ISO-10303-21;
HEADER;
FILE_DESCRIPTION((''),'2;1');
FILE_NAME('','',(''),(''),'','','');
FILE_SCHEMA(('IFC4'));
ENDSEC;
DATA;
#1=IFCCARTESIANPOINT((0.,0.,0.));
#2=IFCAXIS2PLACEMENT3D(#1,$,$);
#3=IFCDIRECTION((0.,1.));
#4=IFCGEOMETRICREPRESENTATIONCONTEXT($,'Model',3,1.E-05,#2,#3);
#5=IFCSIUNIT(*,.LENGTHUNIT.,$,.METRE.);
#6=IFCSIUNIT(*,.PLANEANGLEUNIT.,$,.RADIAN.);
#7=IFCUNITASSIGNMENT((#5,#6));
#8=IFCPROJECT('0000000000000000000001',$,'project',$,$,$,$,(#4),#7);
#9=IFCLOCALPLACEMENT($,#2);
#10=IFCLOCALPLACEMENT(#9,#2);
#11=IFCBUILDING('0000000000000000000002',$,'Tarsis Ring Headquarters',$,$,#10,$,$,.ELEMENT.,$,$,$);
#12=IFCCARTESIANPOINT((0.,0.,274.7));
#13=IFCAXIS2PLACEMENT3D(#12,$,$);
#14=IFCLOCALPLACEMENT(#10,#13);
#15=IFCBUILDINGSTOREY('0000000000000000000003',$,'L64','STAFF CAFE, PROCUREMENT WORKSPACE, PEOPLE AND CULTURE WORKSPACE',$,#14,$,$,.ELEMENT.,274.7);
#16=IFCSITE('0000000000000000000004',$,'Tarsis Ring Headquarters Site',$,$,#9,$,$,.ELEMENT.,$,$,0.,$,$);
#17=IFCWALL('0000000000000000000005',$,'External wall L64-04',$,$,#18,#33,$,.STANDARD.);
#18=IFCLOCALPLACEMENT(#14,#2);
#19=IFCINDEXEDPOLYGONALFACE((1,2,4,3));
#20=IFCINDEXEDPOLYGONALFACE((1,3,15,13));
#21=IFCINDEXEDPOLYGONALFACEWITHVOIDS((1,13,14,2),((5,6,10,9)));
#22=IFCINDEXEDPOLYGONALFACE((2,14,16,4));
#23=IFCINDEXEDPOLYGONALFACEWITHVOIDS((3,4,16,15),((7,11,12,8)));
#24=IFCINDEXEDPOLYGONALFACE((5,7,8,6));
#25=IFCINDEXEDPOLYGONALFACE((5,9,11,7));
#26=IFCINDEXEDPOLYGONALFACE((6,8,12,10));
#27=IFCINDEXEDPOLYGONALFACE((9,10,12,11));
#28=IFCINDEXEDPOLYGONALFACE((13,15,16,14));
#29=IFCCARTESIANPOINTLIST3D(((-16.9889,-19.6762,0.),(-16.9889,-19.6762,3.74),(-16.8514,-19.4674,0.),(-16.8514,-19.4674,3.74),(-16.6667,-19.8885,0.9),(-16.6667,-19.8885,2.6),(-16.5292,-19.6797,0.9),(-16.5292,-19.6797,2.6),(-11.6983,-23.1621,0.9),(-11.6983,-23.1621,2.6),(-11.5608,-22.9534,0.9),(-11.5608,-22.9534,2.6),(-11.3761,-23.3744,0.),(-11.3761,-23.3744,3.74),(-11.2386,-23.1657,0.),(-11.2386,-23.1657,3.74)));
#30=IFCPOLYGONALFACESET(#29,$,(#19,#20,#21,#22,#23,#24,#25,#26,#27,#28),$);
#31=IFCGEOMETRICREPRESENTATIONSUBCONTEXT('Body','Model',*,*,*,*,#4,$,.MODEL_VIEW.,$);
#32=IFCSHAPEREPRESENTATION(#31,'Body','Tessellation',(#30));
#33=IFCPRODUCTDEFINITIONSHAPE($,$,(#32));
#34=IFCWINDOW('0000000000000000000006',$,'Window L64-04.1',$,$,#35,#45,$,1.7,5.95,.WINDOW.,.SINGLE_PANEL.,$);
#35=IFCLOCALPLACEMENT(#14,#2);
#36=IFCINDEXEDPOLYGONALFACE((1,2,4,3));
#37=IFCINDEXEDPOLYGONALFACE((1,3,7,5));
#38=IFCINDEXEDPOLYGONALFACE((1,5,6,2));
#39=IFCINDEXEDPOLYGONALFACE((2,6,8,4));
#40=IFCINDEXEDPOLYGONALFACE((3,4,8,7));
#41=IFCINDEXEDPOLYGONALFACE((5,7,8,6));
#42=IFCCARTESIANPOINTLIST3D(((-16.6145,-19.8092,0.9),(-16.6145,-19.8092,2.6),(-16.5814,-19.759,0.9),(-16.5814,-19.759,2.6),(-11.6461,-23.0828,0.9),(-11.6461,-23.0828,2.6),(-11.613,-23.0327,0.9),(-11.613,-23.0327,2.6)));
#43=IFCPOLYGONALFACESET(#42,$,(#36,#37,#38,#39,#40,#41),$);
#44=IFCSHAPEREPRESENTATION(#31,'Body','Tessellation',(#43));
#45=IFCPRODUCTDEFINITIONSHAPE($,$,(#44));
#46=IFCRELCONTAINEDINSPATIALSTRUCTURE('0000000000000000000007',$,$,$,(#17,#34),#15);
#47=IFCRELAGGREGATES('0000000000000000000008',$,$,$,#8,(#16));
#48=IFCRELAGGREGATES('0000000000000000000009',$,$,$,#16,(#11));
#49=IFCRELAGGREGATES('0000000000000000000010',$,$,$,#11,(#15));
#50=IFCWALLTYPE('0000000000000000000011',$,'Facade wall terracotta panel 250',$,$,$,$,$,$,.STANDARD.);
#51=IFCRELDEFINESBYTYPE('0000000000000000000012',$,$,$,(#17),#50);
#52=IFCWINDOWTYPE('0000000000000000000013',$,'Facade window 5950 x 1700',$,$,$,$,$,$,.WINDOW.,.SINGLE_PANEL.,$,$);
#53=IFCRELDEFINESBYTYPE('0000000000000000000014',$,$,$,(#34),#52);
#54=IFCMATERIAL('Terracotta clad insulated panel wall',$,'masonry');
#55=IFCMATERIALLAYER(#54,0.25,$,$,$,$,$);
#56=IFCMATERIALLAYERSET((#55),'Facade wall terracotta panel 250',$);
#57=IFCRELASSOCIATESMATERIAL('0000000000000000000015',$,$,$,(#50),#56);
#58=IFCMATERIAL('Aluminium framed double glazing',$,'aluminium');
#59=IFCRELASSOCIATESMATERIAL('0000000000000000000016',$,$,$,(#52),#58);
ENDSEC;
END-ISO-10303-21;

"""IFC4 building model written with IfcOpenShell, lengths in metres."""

from ifc_helpers import new_model, si_unit, direction, frame, frame_2d, origin, place, context, subcontext, project, spatial, rectangle, extrude, material, layer, layer_set, type_object, element, fill, save


model = new_model("IFC4")

# Units and contexts
model_context = context("Model", 3, precision=1e-05, world=origin(), true_north=direction((0.0, 1.0)))
body_context = subcontext(model_context, "Body", "Model", "MODEL_VIEW")
ifc_project = project(units=[si_unit("LENGTHUNIT", "METRE"), si_unit("PLANEANGLEUNIT", "RADIAN")], contexts=[model_context])

# Site, building, storey
site_placement = place(None, origin())
site = spatial("IfcSite", under=ifc_project, at=site_placement, Name="Tarsis Ring Headquarters Site", CompositionType="ELEMENT", RefElevation=0.0)
building_placement = place(site_placement, origin())
building = spatial("IfcBuilding", under=site, at=building_placement, Name="Tarsis Ring Headquarters", CompositionType="ELEMENT")
storey_placement = place(building_placement, frame((0.0, 0.0, 274.7)))
storey = spatial("IfcBuildingStorey", under=building, at=storey_placement, Name="L64", Description="STAFF CAFE, PROCUREMENT WORKSPACE, PEOPLE AND CULTURE WORKSPACE", CompositionType="ELEMENT", Elevation=274.7)

# Wall, opening, window
ifc_material_1 = material(Name="Terracotta clad insulated panel wall", Category="masonry")
ifc_layer_1 = layer(ifc_material_1, 0.25)
ifc_layer_set_1 = layer_set([ifc_layer_1], Name="Facade wall terracotta panel 250")
wall_type_1 = type_object("IfcWallType", Name="Facade wall terracotta panel 250", PredefinedType="STANDARD", material=ifc_layer_set_1)
ifc_material_2 = material(Name="Aluminium framed double glazing", Category="aluminium")
window_type = type_object("IfcWindowType", Name="Facade window 5950 x 1700", PartitioningType="SINGLE_PANEL", PredefinedType="WINDOW", material=ifc_material_2)
wall_1_placement = place(storey_placement, frame((-16.9202, -19.5718, 0.0), z_axis=(0.0, 0.0, 1.0), x_axis=(0.835033, -0.550199, 0.0)))
wall_1 = element("IfcWall", 1, at=wall_1_placement, inside=storey, type_object=wall_type_1, Name="External wall L64-04", PredefinedType="STANDARD", context=body_context, shape_type="SweptSolid", body=[
    extrude(rectangle(XDim=6.7217, YDim=0.25, at=frame_2d((3.3608, 0.0))), origin(), (0.0, 0.0, 1.0), 3.74),
])
opening_1_placement = place(wall_1_placement, frame((0.3857, 0.0, 0.8999)))
opening_1 = element("IfcOpeningElement", 2, at=opening_1_placement, cuts=wall_1, PredefinedType="OPENING", context=body_context, shape_type="SweptSolid", body=[
    extrude(rectangle(XDim=5.95, YDim=1.7, at=frame_2d((2.9751, 0.8501))), frame((0.0, 0.135, 0.0), z_axis=(0.0, -1.0, 0.0), x_axis=(1.0, 0.0, 0.0)), (0.0, 0.0, 1.0), 0.27),
])
window_1_placement = place(opening_1_placement, origin())
window_1 = element("IfcWindow", 3, at=window_1_placement, inside=storey, type_object=window_type, Name="Window L64-04.1", OverallHeight=1.7, OverallWidth=5.95, PartitioningType="SINGLE_PANEL", PredefinedType="WINDOW", context=body_context, shape_type="SweptSolid", body=[
    extrude(rectangle(XDim=5.95, YDim=1.7, at=frame_2d((2.9751, 0.8501))), frame((0.0, 0.03, 0.0), z_axis=(0.0, -1.0, 0.0), x_axis=(1.0, 0.0, 0.0)), (0.0, 0.0, 1.0), 0.0601),
])
fill(opening_1, window_1)

save(model, "model.ifc")
